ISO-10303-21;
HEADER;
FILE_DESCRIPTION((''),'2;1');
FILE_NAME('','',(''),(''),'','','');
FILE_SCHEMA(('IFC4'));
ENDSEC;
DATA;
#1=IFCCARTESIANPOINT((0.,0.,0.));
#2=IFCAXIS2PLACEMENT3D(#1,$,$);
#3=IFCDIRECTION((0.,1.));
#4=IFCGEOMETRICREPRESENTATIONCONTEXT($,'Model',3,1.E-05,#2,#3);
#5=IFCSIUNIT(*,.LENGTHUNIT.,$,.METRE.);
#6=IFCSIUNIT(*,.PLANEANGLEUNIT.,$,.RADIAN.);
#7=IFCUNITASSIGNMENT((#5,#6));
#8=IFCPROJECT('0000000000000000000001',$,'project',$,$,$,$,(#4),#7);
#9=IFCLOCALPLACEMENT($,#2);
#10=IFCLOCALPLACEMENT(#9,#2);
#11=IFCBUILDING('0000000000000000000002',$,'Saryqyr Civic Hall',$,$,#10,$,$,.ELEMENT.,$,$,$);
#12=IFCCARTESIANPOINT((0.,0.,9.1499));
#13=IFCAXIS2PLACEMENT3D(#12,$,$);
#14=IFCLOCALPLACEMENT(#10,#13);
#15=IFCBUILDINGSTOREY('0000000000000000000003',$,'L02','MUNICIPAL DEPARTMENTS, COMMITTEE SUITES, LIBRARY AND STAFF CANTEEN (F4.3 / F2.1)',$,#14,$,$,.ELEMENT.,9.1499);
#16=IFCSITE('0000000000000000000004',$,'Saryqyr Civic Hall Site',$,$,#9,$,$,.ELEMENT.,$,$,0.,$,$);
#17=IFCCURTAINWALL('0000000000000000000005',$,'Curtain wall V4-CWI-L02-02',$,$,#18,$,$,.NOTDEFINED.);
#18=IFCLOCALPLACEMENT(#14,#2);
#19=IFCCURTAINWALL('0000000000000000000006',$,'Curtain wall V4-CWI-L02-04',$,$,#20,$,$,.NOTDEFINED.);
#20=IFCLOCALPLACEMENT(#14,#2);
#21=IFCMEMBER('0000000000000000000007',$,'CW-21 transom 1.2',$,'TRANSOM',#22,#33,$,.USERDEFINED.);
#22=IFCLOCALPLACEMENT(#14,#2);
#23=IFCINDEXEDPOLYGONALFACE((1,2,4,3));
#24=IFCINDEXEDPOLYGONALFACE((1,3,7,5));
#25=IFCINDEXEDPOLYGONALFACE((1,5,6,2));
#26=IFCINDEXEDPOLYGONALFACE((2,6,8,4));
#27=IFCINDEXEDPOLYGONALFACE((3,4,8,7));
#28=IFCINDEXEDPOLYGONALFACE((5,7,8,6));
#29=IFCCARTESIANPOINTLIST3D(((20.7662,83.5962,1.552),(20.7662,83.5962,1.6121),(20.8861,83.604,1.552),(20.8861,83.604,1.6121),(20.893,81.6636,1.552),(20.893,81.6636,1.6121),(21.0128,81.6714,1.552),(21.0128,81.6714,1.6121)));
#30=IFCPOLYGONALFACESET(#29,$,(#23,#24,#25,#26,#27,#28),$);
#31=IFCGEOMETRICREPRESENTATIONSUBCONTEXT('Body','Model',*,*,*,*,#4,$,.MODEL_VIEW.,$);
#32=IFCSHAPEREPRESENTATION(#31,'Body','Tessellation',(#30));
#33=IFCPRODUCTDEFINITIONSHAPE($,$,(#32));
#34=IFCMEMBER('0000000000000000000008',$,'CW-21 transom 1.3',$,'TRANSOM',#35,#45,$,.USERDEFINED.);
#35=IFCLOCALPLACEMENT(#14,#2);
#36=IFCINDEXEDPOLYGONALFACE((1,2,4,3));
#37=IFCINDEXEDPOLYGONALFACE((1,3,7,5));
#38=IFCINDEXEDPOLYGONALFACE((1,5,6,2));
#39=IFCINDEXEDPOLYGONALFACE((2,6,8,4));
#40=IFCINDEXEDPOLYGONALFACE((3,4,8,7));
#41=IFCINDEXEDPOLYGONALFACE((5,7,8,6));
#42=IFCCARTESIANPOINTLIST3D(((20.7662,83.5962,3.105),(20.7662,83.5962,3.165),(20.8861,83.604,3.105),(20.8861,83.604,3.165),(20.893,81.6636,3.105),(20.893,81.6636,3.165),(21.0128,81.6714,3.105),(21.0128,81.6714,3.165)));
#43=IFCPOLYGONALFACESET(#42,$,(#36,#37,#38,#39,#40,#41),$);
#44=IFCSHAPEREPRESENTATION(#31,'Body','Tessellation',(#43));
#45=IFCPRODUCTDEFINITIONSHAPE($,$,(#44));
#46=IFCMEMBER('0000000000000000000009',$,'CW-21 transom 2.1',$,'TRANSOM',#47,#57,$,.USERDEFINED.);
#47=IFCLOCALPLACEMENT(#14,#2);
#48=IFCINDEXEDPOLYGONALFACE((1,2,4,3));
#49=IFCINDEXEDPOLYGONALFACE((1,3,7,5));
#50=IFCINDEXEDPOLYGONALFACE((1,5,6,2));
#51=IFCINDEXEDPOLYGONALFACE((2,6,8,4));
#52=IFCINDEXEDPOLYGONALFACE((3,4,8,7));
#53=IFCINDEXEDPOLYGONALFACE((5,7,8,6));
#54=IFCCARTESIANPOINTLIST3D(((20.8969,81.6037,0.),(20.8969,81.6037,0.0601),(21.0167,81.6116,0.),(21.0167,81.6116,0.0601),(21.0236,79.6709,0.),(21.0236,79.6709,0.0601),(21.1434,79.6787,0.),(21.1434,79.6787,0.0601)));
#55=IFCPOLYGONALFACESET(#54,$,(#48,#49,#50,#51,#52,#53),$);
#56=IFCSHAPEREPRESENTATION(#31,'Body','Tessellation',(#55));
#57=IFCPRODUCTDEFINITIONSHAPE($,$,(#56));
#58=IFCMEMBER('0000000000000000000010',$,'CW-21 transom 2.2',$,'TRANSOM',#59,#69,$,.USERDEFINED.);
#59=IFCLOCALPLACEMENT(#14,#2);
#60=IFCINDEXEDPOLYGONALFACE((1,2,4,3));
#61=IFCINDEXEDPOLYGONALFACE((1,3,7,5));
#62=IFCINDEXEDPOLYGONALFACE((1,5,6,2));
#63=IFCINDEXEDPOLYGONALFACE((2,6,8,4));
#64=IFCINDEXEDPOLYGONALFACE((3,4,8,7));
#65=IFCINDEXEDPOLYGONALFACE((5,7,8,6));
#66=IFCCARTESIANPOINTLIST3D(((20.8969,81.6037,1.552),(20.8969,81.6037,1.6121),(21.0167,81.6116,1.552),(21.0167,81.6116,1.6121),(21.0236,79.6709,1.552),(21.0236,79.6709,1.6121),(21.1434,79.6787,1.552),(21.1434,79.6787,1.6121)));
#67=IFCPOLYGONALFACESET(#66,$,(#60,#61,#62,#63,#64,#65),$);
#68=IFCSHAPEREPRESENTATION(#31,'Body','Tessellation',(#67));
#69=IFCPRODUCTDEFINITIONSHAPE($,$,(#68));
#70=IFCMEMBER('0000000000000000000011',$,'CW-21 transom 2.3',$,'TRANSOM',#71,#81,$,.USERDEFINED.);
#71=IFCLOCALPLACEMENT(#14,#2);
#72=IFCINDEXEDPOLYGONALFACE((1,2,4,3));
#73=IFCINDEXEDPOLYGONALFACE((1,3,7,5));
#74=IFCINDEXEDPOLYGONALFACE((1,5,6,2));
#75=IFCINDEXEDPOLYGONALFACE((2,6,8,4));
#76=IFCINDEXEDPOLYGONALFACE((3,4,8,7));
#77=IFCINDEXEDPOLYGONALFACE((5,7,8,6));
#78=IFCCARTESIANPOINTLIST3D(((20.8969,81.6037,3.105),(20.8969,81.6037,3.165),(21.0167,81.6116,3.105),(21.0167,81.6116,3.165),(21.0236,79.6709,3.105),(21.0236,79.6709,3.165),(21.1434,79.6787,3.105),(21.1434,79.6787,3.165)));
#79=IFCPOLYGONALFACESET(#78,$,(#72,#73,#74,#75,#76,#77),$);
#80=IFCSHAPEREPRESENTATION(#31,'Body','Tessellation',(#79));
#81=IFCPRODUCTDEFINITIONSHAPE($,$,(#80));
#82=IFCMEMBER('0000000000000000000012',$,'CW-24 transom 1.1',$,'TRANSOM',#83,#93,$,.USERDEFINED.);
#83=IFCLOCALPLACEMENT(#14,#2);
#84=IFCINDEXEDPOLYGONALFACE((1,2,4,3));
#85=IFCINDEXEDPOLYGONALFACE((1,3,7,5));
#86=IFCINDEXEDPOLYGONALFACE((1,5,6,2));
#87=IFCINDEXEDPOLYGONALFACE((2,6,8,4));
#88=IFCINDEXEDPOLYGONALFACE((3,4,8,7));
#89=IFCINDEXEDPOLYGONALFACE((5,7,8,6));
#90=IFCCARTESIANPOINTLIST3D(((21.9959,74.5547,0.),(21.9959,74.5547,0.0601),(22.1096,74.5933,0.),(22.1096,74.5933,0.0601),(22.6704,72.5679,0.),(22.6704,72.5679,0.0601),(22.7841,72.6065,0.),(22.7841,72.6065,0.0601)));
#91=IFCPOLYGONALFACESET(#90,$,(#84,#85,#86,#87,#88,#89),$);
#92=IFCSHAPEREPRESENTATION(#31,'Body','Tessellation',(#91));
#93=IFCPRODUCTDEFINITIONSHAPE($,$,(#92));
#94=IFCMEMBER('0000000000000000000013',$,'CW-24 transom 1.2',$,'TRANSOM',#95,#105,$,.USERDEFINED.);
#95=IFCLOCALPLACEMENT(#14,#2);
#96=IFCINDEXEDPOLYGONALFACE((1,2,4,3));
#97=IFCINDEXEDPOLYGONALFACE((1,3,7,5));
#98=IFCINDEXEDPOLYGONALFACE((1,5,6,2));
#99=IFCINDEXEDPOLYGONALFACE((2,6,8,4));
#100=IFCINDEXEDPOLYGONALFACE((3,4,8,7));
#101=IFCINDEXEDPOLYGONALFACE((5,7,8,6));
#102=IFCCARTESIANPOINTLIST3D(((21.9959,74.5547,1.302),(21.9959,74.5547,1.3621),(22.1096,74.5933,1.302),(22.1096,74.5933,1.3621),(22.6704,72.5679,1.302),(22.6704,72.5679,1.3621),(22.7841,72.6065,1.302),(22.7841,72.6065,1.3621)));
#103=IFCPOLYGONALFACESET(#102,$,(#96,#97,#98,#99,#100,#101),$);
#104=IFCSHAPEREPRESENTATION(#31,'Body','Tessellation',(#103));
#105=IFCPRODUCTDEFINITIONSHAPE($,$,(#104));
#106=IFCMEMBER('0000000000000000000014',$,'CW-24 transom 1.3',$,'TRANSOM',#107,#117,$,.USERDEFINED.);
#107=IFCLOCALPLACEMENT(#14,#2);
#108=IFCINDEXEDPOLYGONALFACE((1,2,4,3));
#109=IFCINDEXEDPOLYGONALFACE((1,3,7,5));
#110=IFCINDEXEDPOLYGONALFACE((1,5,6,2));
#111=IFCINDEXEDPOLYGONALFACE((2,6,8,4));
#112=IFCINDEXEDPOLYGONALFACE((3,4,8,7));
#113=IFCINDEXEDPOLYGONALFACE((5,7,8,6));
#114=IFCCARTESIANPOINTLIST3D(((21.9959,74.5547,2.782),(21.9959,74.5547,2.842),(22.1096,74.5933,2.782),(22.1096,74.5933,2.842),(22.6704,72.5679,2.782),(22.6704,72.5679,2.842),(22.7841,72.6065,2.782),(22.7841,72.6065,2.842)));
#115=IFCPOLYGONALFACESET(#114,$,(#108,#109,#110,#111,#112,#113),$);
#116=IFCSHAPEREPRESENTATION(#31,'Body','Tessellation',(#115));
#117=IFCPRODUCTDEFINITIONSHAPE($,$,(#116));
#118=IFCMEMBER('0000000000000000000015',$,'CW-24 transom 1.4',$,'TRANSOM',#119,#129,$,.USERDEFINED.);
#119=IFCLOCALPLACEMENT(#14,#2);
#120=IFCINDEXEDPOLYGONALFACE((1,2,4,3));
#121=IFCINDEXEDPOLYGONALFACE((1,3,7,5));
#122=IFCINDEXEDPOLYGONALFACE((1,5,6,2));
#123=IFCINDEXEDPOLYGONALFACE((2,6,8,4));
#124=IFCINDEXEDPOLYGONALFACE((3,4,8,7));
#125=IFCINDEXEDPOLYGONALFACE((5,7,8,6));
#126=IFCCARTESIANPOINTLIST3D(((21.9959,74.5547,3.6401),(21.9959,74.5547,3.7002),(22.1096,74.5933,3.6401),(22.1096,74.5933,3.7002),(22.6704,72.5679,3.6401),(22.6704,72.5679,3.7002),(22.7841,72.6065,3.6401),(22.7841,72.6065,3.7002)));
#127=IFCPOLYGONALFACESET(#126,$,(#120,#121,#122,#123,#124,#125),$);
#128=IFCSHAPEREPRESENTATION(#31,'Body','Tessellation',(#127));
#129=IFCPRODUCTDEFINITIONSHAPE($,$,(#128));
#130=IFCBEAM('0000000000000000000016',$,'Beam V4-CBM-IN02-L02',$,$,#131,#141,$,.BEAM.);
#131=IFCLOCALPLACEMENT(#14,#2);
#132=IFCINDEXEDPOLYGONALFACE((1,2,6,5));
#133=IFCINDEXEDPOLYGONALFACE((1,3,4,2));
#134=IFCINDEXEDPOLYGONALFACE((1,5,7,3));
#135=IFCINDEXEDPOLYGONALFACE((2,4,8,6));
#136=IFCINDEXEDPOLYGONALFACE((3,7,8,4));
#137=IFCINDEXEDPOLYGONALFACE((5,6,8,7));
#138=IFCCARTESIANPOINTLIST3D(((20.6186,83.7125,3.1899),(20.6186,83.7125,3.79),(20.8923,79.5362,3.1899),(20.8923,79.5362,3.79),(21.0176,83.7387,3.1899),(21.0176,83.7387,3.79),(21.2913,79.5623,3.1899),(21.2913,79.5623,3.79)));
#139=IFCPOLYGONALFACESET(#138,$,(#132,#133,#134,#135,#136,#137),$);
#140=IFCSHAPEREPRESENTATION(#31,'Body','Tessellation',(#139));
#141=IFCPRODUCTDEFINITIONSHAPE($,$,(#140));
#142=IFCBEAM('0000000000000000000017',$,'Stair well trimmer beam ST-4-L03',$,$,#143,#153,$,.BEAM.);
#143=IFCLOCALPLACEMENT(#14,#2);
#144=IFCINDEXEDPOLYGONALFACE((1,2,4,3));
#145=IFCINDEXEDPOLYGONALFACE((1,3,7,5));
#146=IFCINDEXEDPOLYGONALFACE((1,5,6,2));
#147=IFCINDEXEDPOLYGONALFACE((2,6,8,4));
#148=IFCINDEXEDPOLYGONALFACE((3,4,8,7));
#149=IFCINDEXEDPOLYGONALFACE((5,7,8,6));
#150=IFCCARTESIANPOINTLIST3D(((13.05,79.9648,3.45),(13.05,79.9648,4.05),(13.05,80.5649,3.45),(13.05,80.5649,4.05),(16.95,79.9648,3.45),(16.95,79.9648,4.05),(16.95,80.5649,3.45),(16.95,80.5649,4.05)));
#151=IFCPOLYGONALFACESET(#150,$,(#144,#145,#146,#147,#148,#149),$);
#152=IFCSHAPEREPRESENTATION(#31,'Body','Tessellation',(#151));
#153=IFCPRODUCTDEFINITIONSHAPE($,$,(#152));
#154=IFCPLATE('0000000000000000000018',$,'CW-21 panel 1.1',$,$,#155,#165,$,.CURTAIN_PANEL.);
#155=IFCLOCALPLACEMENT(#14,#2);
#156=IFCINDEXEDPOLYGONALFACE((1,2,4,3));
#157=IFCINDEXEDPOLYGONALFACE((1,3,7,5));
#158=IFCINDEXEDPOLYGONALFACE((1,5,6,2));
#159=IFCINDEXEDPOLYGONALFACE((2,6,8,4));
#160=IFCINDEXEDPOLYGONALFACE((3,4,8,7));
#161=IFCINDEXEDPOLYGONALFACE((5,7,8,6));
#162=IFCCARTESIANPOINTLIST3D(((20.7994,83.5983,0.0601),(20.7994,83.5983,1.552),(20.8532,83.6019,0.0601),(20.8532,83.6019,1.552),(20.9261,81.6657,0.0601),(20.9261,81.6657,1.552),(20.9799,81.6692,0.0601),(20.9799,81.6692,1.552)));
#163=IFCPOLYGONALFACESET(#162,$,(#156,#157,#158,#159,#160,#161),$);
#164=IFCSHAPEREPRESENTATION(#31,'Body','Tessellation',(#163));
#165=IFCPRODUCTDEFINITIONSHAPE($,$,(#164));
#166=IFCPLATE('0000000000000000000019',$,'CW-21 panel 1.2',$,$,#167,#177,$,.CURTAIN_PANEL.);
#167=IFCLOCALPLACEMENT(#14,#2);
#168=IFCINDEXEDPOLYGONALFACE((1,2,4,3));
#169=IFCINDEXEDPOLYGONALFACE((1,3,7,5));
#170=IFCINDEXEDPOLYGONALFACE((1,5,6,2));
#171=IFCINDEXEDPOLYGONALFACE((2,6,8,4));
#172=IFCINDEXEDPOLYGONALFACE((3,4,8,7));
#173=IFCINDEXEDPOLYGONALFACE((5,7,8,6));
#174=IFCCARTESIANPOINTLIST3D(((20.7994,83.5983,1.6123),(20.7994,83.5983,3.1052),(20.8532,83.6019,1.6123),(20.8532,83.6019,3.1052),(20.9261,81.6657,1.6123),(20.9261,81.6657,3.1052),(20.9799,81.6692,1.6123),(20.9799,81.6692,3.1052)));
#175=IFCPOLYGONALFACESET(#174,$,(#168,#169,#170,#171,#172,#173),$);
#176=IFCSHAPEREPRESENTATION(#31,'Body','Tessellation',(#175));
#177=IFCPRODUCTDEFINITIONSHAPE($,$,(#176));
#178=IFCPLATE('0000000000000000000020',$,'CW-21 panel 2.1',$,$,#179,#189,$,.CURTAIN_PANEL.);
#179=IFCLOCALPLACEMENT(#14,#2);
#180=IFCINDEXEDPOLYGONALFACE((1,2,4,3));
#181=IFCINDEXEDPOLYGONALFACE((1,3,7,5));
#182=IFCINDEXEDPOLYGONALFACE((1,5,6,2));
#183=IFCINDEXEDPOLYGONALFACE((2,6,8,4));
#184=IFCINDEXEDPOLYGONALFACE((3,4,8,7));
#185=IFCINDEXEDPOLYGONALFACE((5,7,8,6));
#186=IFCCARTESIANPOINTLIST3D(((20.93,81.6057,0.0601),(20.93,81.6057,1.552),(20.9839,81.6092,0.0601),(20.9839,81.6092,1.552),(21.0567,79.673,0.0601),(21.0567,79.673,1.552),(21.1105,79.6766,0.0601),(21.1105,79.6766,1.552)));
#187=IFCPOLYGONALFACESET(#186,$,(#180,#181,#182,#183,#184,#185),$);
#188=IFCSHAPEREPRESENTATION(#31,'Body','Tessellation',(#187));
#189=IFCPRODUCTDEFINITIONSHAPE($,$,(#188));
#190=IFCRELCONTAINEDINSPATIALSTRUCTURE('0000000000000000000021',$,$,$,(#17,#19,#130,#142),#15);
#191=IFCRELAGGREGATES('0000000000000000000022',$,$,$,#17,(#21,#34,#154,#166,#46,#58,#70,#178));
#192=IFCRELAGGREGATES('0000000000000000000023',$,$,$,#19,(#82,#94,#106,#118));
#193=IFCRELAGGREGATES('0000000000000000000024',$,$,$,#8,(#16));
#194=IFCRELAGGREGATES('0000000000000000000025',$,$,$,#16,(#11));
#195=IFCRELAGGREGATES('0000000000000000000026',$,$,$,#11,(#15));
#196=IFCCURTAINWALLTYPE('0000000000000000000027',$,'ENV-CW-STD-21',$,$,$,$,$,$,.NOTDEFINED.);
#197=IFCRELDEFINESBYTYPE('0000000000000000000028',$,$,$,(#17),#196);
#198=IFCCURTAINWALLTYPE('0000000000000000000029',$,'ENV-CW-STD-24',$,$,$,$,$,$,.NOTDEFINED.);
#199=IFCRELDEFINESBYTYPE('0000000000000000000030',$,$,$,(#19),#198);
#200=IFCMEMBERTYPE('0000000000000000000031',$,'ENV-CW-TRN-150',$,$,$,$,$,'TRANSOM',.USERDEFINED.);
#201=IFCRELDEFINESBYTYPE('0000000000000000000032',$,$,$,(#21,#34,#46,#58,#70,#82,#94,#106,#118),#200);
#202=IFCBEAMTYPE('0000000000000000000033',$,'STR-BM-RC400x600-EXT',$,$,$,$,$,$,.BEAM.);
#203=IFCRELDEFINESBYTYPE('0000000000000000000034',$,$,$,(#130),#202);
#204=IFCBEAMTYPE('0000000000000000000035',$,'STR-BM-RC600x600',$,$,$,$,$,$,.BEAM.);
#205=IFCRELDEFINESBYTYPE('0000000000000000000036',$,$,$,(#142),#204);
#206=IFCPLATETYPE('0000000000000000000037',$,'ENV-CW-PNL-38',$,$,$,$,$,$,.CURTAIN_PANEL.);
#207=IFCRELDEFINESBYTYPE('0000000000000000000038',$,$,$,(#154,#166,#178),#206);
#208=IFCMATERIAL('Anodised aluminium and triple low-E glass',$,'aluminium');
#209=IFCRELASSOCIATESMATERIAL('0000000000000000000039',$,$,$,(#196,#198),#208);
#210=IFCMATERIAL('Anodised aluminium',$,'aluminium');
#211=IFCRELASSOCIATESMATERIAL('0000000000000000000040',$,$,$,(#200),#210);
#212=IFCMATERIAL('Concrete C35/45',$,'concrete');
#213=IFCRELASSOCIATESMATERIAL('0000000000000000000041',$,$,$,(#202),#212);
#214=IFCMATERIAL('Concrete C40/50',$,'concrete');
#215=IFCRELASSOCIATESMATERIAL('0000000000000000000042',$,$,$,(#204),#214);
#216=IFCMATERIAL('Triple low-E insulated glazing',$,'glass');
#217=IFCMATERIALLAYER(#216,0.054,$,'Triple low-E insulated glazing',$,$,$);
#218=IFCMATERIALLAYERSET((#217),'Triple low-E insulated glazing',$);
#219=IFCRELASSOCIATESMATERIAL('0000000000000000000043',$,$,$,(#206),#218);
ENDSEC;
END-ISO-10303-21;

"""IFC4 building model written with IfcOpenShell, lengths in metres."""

from ifc_helpers import new_model, si_unit, direction, frame, origin, origin_2d, place, context, subcontext, project, spatial, rectangle, extrude, material, layer, layer_set, material_profile, profile_set, type_object, element, aggregate, save


model = new_model("IFC4")

# Units and contexts
model_context = context("Model", 3, precision=1e-05, world=origin(), true_north=direction((0.0, 1.0)))
body_context = subcontext(model_context, "Body", "Model", "MODEL_VIEW")
ifc_project = project(units=[si_unit("LENGTHUNIT", "METRE"), si_unit("PLANEANGLEUNIT", "RADIAN")], contexts=[model_context])

# Site, building, storey
site_placement = place(None, origin())
site = spatial("IfcSite", under=ifc_project, at=site_placement, Name="Saryqyr Civic Hall Site", CompositionType="ELEMENT", RefElevation=0.0)
building_placement = place(site_placement, origin())
building = spatial("IfcBuilding", under=site, at=building_placement, Name="Saryqyr Civic Hall", CompositionType="ELEMENT")
storey_placement = place(building_placement, frame((0.0, 0.0, 9.1499)))
storey = spatial("IfcBuildingStorey", under=building, at=storey_placement, Name="L02", Description="MUNICIPAL DEPARTMENTS, COMMITTEE SUITES, LIBRARY AND STAFF CANTEEN (F4.3 / F2.1)", CompositionType="ELEMENT", Elevation=9.1499)

# Shared definitions
ifc_material_1 = material(Name="Concrete C40/50", Category="concrete")

# Curtain wall
ifc_material_2 = material(Name="Anodised aluminium and triple low-E glass", Category="aluminium")
curtain_wall_type_1 = type_object("IfcCurtainWallType", Name="ENV-CW-STD-21", PredefinedType="NOTDEFINED", material=ifc_material_2)
curtain_wall_1_placement = place(storey_placement, origin())
curtain_wall_1 = element("IfcCurtainWall", 1, at=curtain_wall_1_placement, inside=storey, type_object=curtain_wall_type_1, Name="Curtain wall V4-CWI-L02-02", PredefinedType="NOTDEFINED")
ifc_material_3 = material(Name="Anodised aluminium", Category="aluminium")

# Curtain wall
curtain_wall_type_2 = type_object("IfcCurtainWallType", Name="ENV-CW-STD-24", PredefinedType="NOTDEFINED", material=ifc_material_2)
curtain_wall_2_placement = place(storey_placement, origin())
curtain_wall_2 = element("IfcCurtainWall", 2, at=curtain_wall_2_placement, inside=storey, type_object=curtain_wall_type_2, Name="Curtain wall V4-CWI-L02-04", PredefinedType="NOTDEFINED")

# Members
ifc_material_profile_1 = material_profile(ifc_material_3, rectangle(XDim=0.1201, YDim=0.0601, at=origin_2d()), Name="ALU TRANSOM 120x60")
ifc_profile_set_1 = profile_set([ifc_material_profile_1], Name="Anodised aluminium")
member_type_1 = type_object("IfcMemberType", Name="ENV-CW-TRN-150", ElementType="TRANSOM", PredefinedType="USERDEFINED", material=ifc_profile_set_1)
member_1_placement = place(storey_placement, frame((20.8262, 83.6001, 1.582), z_axis=(0.065423, -0.997858, 0.0), x_axis=(0.997858, 0.065423, 0.0)))
member_1 = element("IfcMember", 3, at=member_1_placement, type_object=member_type_1, Name="CW-21 transom 1.2", ObjectType="TRANSOM", PredefinedType="USERDEFINED", context=body_context, shape_type="SweptSolid", body=[
    extrude(rectangle(XDim=0.1201, YDim=0.0601, at=origin_2d()), origin(), (0.0, 0.0, 1.0), 1.9368),
])
member_2_placement = place(storey_placement, frame((20.8262, 83.6001, 3.135), z_axis=(0.065423, -0.997858, 0.0), x_axis=(0.997858, 0.065423, 0.0)))
member_2 = element("IfcMember", 4, at=member_2_placement, type_object=member_type_1, Name="CW-21 transom 1.3", ObjectType="TRANSOM", PredefinedType="USERDEFINED", context=body_context, shape_type="SweptSolid", body=[
    extrude(rectangle(XDim=0.1201, YDim=0.0601, at=origin_2d()), origin(), (0.0, 0.0, 1.0), 1.9368),
])
member_3_placement = place(storey_placement, frame((20.9568, 81.6077, 0.03), z_axis=(0.065415, -0.997858, 0.0), x_axis=(0.997858, 0.065415, 0.0)))
member_3 = element("IfcMember", 5, at=member_3_placement, type_object=member_type_1, Name="CW-21 transom 2.1", ObjectType="TRANSOM", PredefinedType="USERDEFINED", context=body_context, shape_type="SweptSolid", body=[
    extrude(rectangle(XDim=0.1201, YDim=0.0601, at=origin_2d()), origin(), (0.0, 0.0, 1.0), 1.937),
])
member_4_placement = place(storey_placement, frame((20.9568, 81.6077, 1.582), z_axis=(0.065415, -0.997858, 0.0), x_axis=(0.997858, 0.065415, 0.0)))
member_4 = element("IfcMember", 6, at=member_4_placement, type_object=member_type_1, Name="CW-21 transom 2.2", ObjectType="TRANSOM", PredefinedType="USERDEFINED", context=body_context, shape_type="SweptSolid", body=[
    extrude(rectangle(XDim=0.1201, YDim=0.0601, at=origin_2d()), origin(), (0.0, 0.0, 1.0), 1.937),
])
member_5_placement = place(storey_placement, frame((20.9568, 81.6077, 3.135), z_axis=(0.065415, -0.997858, 0.0), x_axis=(0.997858, 0.065415, 0.0)))
member_5 = element("IfcMember", 7, at=member_5_placement, type_object=member_type_1, Name="CW-21 transom 2.3", ObjectType="TRANSOM", PredefinedType="USERDEFINED", context=body_context, shape_type="SweptSolid", body=[
    extrude(rectangle(XDim=0.1201, YDim=0.0601, at=origin_2d()), origin(), (0.0, 0.0, 1.0), 1.937),
])
member_6_placement = place(storey_placement, frame((22.0527, 74.574, 0.03), z_axis=(0.321494, -0.946912, 0.0), x_axis=(0.946912, 0.321494, 0.0)))
member_6 = element("IfcMember", 8, at=member_6_placement, type_object=member_type_1, Name="CW-24 transom 1.1", ObjectType="TRANSOM", PredefinedType="USERDEFINED", context=body_context, shape_type="SweptSolid", body=[
    extrude(rectangle(XDim=0.1201, YDim=0.0601, at=origin_2d()), origin(), (0.0, 0.0, 1.0), 2.0981),
])
member_7_placement = place(storey_placement, frame((22.0527, 74.574, 1.332), z_axis=(0.321494, -0.946912, 0.0), x_axis=(0.946912, 0.321494, 0.0)))
member_7 = element("IfcMember", 9, at=member_7_placement, type_object=member_type_1, Name="CW-24 transom 1.2", ObjectType="TRANSOM", PredefinedType="USERDEFINED", context=body_context, shape_type="SweptSolid", body=[
    extrude(rectangle(XDim=0.1201, YDim=0.0601, at=origin_2d()), origin(), (0.0, 0.0, 1.0), 2.0981),
])
member_8_placement = place(storey_placement, frame((22.0527, 74.574, 2.812), z_axis=(0.321494, -0.946912, 0.0), x_axis=(0.946912, 0.321494, 0.0)))
member_8 = element("IfcMember", 10, at=member_8_placement, type_object=member_type_1, Name="CW-24 transom 1.3", ObjectType="TRANSOM", PredefinedType="USERDEFINED", context=body_context, shape_type="SweptSolid", body=[
    extrude(rectangle(XDim=0.1201, YDim=0.0601, at=origin_2d()), origin(), (0.0, 0.0, 1.0), 2.0981),
])
member_9_placement = place(storey_placement, frame((22.0527, 74.574, 3.6702), z_axis=(0.321494, -0.946912, 0.0), x_axis=(0.946912, 0.321494, 0.0)))
member_9 = element("IfcMember", 11, at=member_9_placement, type_object=member_type_1, Name="CW-24 transom 1.4", ObjectType="TRANSOM", PredefinedType="USERDEFINED", context=body_context, shape_type="SweptSolid", body=[
    extrude(rectangle(XDim=0.1201, YDim=0.0601, at=origin_2d()), origin(), (0.0, 0.0, 1.0), 2.0981),
])

# Beams
ifc_material_4 = material(Name="Concrete C35/45", Category="concrete")
ifc_material_profile_2 = material_profile(ifc_material_4, rectangle(XDim=0.3999, YDim=0.6001, at=origin_2d()), Name="RC 400x600")
ifc_profile_set_2 = profile_set([ifc_material_profile_2], Name="Concrete C35/45")
beam_type_1 = type_object("IfcBeamType", Name="STR-BM-RC400x600-EXT", PredefinedType="BEAM", material=ifc_profile_set_2)
beam_1_placement = place(storey_placement, frame((20.8181, 83.7256, 3.49), z_axis=(0.065392, -0.99786, 0.0), x_axis=(0.99786, 0.065392, 0.0)))
element("IfcBeam", 12, at=beam_1_placement, inside=storey, type_object=beam_type_1, Name="Beam V4-CBM-IN02-L02", PredefinedType="BEAM", context=body_context, shape_type="SweptSolid", body=[
    extrude(rectangle(XDim=0.3999, YDim=0.6001, at=origin_2d()), origin(), (0.0, 0.0, 1.0), 4.1853),
])
ifc_material_profile_3 = material_profile(ifc_material_1, rectangle(XDim=0.6001, YDim=0.6001, at=origin_2d()), Name="RC 600x600")
ifc_profile_set_3 = profile_set([ifc_material_profile_3], Name="Concrete C40/50")
beam_type_2 = type_object("IfcBeamType", Name="STR-BM-RC600x600", PredefinedType="BEAM", material=ifc_profile_set_3)
beam_2_placement = place(storey_placement, frame((16.95, 80.2649, 3.75), z_axis=(-1.0, 0.0, 0.0), x_axis=(0.0, -1.0, 0.0)))
element("IfcBeam", 13, at=beam_2_placement, inside=storey, type_object=beam_type_2, Name="Stair well trimmer beam ST-4-L03", PredefinedType="BEAM", context=body_context, shape_type="SweptSolid", body=[
    extrude(rectangle(XDim=0.6001, YDim=0.6001, at=origin_2d()), origin(), (0.0, 0.0, 1.0), 3.8999),
])

# Plates
ifc_material_5 = material(Name="Triple low-E insulated glazing", Category="glass")
ifc_layer_1 = layer(ifc_material_5, 0.054, Name="Triple low-E insulated glazing")
ifc_layer_set_1 = layer_set([ifc_layer_1], Name="Triple low-E insulated glazing")
plate_type = type_object("IfcPlateType", Name="ENV-CW-PNL-38", PredefinedType="CURTAIN_PANEL", material=ifc_layer_set_1)
plate_1_placement = place(storey_placement, frame((20.8896, 82.6338, 0.0601), z_axis=(0.0, 0.0, 1.0), x_axis=(0.065397, -0.997859, 0.0)))
plate_1 = element("IfcPlate", 14, at=plate_1_placement, type_object=plate_type, Name="CW-21 panel 1.1", PredefinedType="CURTAIN_PANEL", context=body_context, shape_type="SweptSolid", body=[
    extrude(rectangle(XDim=1.9368, YDim=0.054, at=origin_2d()), origin(), (0.0, 0.0, 1.0), 1.4919),
])
plate_2_placement = place(storey_placement, frame((20.8896, 82.6338, 1.6123), z_axis=(0.0, 0.0, 1.0), x_axis=(0.065397, -0.997859, 0.0)))
plate_2 = element("IfcPlate", 15, at=plate_2_placement, type_object=plate_type, Name="CW-21 panel 1.2", PredefinedType="CURTAIN_PANEL", context=body_context, shape_type="SweptSolid", body=[
    extrude(rectangle(XDim=1.9368, YDim=0.054, at=origin_2d()), origin(), (0.0, 0.0, 1.0), 1.4929),
])
plate_3_placement = place(storey_placement, frame((21.0203, 80.6411, 0.0601), z_axis=(0.0, 0.0, 1.0), x_axis=(0.065397, -0.997859, 0.0)))
plate_3 = element("IfcPlate", 16, at=plate_3_placement, type_object=plate_type, Name="CW-21 panel 2.1", PredefinedType="CURTAIN_PANEL", context=body_context, shape_type="SweptSolid", body=[
    extrude(rectangle(XDim=1.9368, YDim=0.054, at=origin_2d()), origin(), (0.0, 0.0, 1.0), 1.4919),
])
aggregate(curtain_wall_1, [member_1, member_2, plate_1, plate_2, member_3, member_4, member_5, plate_3])
aggregate(curtain_wall_2, [member_6, member_7, member_8, member_9])

save(model, "model.ifc")
